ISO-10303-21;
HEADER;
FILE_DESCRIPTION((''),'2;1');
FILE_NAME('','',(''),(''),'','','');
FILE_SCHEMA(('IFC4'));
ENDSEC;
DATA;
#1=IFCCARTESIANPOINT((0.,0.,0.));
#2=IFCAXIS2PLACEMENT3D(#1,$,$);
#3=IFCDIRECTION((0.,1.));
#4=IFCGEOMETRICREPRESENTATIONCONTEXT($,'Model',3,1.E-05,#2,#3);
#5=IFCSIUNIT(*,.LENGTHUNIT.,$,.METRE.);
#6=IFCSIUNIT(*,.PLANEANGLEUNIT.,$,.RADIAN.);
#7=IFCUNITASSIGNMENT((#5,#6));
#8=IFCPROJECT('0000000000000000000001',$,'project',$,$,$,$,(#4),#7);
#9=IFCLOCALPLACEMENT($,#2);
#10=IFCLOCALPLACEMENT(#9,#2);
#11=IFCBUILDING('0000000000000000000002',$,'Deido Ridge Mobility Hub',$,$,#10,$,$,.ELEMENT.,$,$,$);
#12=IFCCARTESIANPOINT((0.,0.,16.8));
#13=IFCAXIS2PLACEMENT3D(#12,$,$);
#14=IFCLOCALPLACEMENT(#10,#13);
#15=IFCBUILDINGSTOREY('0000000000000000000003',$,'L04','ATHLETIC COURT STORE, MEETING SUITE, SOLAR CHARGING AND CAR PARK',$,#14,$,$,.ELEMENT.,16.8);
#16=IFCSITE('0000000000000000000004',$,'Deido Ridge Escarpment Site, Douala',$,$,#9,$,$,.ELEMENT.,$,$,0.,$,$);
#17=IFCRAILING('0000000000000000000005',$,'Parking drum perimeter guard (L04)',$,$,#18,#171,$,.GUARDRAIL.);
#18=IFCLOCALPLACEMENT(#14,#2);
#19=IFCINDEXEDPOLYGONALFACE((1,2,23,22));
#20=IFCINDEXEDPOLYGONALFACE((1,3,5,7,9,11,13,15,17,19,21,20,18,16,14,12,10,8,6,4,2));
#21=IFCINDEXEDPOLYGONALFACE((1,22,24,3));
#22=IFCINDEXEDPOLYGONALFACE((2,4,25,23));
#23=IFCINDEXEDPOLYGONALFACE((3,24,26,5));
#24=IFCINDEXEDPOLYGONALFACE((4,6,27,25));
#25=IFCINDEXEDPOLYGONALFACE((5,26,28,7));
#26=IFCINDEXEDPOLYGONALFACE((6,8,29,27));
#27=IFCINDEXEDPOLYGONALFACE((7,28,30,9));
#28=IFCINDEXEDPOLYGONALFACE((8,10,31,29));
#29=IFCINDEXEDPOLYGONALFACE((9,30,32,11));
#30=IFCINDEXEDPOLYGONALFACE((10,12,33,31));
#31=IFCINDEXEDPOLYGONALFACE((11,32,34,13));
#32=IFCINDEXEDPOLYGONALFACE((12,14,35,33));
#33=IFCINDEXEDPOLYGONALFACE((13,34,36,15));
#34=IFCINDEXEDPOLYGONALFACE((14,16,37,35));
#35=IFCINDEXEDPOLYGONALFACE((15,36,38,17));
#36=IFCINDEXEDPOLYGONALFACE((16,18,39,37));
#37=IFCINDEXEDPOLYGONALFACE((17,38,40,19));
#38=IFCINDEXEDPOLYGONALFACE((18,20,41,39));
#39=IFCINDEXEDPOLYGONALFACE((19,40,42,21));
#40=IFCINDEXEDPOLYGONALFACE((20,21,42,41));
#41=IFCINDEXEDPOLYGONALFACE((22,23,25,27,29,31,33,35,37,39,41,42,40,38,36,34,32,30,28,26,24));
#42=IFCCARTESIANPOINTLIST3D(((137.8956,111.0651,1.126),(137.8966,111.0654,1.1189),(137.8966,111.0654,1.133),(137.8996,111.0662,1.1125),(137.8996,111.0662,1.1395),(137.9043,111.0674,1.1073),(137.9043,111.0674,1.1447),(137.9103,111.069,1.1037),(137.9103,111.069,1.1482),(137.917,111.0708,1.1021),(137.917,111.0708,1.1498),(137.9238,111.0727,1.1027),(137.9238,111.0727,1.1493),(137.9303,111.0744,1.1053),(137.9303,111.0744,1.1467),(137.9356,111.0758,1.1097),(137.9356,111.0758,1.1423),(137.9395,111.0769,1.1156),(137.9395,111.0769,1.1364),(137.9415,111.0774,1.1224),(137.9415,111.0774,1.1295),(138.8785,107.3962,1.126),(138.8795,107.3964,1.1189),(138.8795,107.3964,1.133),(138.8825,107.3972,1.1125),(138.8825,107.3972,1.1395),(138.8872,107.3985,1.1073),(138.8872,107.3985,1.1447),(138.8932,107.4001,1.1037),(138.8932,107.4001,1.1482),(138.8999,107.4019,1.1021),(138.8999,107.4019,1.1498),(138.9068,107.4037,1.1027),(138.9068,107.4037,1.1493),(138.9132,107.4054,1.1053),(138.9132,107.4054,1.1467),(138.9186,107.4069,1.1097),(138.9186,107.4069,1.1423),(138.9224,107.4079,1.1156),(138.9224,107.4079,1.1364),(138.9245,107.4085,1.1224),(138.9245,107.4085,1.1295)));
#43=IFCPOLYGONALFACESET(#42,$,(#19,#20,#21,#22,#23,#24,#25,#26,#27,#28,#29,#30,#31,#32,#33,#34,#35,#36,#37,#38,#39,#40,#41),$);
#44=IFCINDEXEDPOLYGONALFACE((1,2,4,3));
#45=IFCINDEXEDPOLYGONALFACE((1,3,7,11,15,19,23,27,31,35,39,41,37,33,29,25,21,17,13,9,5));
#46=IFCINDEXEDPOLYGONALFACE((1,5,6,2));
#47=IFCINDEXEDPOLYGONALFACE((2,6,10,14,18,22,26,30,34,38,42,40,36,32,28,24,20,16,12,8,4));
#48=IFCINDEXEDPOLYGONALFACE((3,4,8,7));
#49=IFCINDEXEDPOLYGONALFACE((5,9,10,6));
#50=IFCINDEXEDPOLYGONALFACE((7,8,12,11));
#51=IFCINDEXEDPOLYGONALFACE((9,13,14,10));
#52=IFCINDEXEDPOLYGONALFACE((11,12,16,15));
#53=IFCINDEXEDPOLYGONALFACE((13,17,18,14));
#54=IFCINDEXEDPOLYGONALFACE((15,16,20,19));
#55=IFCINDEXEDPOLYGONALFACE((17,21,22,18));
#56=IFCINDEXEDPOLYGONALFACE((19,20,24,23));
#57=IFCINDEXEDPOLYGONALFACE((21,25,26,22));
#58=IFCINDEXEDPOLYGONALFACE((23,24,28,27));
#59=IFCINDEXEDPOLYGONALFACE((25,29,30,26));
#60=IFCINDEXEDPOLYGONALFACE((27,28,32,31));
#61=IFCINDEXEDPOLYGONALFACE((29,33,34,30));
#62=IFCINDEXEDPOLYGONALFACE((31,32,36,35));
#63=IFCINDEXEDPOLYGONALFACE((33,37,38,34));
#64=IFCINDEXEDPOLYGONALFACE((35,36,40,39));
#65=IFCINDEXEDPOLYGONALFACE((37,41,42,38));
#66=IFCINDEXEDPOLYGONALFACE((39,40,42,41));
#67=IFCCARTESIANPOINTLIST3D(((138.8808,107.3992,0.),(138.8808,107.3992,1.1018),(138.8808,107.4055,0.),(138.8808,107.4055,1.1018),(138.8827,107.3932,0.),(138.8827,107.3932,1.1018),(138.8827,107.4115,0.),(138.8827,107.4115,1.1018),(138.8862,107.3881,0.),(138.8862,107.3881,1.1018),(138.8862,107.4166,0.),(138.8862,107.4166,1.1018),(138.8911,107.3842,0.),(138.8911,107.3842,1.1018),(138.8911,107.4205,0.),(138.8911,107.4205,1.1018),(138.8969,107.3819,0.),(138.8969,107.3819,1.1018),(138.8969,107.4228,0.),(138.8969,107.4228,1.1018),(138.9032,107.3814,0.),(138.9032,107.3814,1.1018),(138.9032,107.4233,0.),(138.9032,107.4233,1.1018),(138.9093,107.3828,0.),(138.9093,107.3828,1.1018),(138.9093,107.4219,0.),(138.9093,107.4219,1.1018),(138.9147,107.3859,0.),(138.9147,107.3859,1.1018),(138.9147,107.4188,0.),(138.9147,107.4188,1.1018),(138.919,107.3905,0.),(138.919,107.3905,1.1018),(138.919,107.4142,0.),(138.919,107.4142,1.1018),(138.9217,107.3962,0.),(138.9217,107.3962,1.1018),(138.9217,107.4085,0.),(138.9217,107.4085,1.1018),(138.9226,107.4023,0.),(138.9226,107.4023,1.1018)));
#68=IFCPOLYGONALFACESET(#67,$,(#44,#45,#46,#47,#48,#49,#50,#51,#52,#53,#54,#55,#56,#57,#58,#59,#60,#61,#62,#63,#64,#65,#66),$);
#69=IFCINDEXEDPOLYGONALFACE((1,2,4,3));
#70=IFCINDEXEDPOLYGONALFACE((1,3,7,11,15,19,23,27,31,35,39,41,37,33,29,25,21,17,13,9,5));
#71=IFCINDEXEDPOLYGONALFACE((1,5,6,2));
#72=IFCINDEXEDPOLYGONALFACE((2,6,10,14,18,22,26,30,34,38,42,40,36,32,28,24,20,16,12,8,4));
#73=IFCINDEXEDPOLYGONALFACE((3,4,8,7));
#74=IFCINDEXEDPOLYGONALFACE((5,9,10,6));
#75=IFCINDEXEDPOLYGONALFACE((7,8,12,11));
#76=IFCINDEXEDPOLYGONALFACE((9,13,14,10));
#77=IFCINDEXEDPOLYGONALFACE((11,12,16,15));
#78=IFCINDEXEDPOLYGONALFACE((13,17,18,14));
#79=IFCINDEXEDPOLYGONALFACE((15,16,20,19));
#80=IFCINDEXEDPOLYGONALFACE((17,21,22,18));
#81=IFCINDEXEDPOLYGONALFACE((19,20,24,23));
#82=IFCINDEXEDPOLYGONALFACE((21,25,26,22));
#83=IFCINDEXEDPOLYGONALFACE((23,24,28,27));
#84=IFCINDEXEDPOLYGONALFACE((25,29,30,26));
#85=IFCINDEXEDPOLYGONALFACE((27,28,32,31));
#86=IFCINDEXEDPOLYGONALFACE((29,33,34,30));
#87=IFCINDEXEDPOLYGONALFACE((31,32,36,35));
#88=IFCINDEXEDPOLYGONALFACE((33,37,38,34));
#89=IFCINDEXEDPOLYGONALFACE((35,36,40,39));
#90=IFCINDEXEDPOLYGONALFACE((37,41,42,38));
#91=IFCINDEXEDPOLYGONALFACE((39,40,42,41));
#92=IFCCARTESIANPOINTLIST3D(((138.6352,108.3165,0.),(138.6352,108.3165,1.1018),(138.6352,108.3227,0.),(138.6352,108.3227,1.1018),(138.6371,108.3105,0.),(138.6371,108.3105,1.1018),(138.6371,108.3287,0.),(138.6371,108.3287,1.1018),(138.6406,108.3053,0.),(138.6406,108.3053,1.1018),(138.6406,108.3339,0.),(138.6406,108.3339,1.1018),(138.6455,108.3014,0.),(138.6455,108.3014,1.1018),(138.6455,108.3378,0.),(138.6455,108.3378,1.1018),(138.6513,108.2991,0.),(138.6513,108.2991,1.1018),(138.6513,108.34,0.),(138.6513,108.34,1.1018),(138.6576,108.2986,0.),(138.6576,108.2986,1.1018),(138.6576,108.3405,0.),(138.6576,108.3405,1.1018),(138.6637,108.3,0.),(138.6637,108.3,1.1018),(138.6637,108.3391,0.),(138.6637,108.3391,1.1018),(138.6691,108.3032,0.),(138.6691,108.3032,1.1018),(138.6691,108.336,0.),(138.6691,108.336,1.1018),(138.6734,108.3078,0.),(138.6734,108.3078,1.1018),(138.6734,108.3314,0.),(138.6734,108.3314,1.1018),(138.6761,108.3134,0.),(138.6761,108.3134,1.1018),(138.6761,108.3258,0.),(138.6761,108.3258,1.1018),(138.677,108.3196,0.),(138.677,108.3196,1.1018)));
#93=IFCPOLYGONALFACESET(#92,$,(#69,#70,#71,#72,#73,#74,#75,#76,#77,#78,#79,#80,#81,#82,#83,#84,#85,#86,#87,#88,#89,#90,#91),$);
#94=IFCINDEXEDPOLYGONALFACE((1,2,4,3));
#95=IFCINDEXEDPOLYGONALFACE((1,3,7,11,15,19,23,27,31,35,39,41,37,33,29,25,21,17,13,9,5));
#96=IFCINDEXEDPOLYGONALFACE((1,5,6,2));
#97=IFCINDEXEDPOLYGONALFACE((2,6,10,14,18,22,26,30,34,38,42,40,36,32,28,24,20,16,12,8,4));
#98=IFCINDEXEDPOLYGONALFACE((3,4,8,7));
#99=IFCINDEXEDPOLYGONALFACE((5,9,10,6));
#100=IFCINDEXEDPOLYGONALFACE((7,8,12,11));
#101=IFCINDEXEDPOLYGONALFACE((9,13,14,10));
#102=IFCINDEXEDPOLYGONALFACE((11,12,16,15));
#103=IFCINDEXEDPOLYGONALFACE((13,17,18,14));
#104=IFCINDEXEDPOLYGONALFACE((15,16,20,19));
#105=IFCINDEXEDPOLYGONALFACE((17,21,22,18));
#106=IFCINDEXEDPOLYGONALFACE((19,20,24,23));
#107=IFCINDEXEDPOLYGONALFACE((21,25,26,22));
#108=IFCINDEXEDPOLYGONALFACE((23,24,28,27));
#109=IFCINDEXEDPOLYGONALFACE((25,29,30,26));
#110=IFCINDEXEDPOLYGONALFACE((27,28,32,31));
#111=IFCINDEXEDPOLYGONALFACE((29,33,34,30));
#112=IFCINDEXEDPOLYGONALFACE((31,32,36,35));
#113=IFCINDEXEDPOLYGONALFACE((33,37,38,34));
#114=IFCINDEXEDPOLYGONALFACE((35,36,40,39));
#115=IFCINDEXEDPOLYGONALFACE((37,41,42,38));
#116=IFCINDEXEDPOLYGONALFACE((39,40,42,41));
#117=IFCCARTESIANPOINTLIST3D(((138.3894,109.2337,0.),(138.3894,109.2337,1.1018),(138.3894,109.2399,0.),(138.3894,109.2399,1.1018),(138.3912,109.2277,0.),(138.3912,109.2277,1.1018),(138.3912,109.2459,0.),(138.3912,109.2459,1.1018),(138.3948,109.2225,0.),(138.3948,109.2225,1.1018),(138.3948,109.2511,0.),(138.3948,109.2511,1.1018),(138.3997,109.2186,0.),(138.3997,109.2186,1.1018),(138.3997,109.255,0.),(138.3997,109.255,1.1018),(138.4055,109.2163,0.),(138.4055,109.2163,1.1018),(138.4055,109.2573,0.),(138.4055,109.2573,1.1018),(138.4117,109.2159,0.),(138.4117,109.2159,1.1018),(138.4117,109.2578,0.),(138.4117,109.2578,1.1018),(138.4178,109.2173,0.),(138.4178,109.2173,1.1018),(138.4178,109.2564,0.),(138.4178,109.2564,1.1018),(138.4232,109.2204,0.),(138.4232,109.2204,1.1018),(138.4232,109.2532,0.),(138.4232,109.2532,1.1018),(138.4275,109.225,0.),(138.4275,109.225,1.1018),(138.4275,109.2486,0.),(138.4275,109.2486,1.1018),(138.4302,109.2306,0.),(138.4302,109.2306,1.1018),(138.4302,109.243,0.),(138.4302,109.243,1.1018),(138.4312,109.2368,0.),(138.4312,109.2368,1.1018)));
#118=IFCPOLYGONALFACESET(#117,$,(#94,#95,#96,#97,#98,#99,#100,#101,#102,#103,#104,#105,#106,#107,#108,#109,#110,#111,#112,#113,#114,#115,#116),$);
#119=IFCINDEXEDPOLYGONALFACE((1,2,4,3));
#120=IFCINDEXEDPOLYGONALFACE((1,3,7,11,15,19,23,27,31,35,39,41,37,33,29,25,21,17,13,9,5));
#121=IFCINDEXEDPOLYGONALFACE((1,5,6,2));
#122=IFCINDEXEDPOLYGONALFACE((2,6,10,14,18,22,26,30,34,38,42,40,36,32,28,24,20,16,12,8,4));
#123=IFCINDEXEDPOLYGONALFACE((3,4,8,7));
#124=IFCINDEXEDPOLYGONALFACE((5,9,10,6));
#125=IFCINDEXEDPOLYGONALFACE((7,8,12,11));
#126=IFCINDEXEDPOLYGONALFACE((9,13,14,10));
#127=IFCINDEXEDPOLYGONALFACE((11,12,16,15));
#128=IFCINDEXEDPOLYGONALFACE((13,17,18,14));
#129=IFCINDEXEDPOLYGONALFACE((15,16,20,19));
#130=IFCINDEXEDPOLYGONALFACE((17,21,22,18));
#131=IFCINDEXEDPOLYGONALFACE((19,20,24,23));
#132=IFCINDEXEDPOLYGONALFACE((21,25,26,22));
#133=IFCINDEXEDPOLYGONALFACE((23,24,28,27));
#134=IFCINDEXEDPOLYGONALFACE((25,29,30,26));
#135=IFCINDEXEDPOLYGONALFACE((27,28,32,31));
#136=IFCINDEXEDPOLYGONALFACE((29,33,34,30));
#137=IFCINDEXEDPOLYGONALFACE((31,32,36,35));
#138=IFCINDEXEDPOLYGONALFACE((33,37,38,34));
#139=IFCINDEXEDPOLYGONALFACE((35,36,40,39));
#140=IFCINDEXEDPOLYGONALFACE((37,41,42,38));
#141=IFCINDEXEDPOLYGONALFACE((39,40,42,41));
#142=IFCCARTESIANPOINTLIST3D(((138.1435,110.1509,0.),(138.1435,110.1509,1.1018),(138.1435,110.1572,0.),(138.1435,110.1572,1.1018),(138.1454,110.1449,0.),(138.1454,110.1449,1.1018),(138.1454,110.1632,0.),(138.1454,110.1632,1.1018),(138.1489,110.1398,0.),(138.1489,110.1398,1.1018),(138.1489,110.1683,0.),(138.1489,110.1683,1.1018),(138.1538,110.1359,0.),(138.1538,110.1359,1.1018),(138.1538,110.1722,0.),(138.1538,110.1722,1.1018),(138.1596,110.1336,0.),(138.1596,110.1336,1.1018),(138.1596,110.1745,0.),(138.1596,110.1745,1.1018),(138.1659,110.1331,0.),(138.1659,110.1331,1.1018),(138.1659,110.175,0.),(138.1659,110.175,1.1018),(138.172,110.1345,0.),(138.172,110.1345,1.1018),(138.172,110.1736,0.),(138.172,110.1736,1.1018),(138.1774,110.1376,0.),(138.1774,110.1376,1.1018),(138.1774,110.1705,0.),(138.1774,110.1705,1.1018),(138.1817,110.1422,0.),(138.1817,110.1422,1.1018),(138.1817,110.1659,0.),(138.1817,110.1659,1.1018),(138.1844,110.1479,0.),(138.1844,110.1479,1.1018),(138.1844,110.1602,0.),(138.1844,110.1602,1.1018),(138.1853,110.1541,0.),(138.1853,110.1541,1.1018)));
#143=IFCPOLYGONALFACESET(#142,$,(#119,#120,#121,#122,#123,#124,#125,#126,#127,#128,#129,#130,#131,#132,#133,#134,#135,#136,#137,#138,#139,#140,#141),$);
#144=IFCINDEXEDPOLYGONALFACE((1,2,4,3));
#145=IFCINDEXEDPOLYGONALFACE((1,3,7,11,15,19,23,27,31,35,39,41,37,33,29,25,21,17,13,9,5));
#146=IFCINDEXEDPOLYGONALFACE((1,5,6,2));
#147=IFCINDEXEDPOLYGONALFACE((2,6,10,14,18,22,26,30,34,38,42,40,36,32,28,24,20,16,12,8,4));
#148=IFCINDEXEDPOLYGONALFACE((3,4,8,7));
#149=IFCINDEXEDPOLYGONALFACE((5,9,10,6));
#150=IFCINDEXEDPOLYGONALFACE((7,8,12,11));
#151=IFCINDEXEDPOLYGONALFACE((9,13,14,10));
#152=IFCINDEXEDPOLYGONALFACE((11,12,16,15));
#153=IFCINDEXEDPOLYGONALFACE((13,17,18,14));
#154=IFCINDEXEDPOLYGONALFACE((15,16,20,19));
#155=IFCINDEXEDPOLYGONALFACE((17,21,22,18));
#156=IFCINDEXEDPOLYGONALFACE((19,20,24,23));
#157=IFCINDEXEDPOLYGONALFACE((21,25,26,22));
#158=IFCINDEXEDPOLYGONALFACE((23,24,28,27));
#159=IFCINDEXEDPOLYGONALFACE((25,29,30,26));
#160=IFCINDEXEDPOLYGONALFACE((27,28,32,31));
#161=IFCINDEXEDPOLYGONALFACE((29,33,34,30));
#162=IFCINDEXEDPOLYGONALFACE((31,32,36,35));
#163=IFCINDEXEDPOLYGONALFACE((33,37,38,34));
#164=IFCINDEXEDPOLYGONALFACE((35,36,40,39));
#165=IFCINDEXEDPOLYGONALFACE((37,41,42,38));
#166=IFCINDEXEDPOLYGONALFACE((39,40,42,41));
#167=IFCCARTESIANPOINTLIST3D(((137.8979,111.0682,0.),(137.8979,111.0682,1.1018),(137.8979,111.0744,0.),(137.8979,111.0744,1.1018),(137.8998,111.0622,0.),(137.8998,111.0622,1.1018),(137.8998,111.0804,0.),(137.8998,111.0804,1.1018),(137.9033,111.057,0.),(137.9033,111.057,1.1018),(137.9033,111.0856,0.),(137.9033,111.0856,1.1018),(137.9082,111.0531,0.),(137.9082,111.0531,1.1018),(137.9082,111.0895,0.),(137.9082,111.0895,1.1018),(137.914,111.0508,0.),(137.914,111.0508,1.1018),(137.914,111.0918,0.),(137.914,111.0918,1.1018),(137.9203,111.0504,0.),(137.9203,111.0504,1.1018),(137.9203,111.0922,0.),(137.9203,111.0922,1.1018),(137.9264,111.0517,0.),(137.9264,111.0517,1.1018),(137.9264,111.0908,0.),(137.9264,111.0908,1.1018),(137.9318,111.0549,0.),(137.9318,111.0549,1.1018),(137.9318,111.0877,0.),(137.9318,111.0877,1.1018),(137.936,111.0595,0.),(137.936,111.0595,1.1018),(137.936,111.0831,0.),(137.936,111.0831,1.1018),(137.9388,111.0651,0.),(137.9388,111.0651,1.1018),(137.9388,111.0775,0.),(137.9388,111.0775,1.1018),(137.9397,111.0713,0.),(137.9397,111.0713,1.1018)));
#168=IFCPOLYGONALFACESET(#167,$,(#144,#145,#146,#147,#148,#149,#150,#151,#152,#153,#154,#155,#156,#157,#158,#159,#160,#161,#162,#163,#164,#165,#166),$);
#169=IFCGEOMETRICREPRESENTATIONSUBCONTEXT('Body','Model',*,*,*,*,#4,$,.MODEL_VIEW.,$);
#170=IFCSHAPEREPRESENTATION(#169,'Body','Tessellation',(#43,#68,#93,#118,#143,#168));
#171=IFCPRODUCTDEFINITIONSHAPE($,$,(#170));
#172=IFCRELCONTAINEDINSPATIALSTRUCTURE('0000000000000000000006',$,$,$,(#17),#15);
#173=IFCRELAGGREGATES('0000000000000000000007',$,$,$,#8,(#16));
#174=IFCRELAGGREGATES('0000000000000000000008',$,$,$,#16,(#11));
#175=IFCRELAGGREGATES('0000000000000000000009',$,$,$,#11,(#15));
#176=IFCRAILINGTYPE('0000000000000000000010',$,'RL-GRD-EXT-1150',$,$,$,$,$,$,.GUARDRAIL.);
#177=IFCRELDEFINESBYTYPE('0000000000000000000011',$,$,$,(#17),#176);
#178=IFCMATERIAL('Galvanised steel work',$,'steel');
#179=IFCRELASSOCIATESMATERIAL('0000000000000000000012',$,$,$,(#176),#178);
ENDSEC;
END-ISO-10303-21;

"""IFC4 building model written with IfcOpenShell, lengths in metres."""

from ifc_helpers import new_model, si_unit, direction, frame, origin, origin_2d, place, context, subcontext, project, spatial, circle, extrude, material, type_object, element, save


model = new_model("IFC4")

# Units and contexts
model_context = context("Model", 3, precision=1e-05, world=origin(), true_north=direction((0.0, 1.0)))
body_context = subcontext(model_context, "Body", "Model", "MODEL_VIEW")
ifc_project = project(units=[si_unit("LENGTHUNIT", "METRE"), si_unit("PLANEANGLEUNIT", "RADIAN")], contexts=[model_context])

# Site, building, storey
site_placement = place(None, origin())
site = spatial("IfcSite", under=ifc_project, at=site_placement, Name="Deido Ridge Escarpment Site, Douala", CompositionType="ELEMENT", RefElevation=0.0)
building_placement = place(site_placement, origin())
building = spatial("IfcBuilding", under=site, at=building_placement, Name="Deido Ridge Mobility Hub", CompositionType="ELEMENT")
storey_placement = place(building_placement, frame((0.0, 0.0, 16.8)))
storey = spatial("IfcBuildingStorey", under=building, at=storey_placement, Name="L04", Description="ATHLETIC COURT STORE, MEETING SUITE, SOLAR CHARGING AND CAR PARK", CompositionType="ELEMENT", Elevation=16.8)

# Railing
ifc_material_1 = material(Name="Galvanised steel work", Category="steel")
railing_type = type_object("IfcRailingType", Name="RL-GRD-EXT-1150", PredefinedType="GUARDRAIL", material=ifc_material_1)
railing_1_placement = place(storey_placement, frame((138.9016, 107.4023, 0.0)))
element("IfcRailing", 1, at=railing_1_placement, inside=storey, type_object=railing_type, Name="Parking drum perimeter guard (L04)", PredefinedType="GUARDRAIL", context=body_context, shape_type="SweptSolid", body=[
    extrude(circle(Radius=0.0239, at=origin_2d()), frame((0.0, 0.0, 1.126), z_axis=(-0.258775, 0.965938, 0.0), x_axis=(-0.965938, -0.258775, 0.0)), (0.0, 0.0, 1.0), 3.7983),
    extrude(circle(Radius=0.021, at=origin_2d()), origin(), (0.0, 0.0, 1.0), 1.1018),
    extrude(circle(Radius=0.021, at=origin_2d()), frame((-0.2456, 0.9172, 0.0)), (0.0, 0.0, 1.0), 1.1018),
    extrude(circle(Radius=0.021, at=origin_2d()), frame((-0.4915, 1.8345, 0.0)), (0.0, 0.0, 1.0), 1.1018),
    extrude(circle(Radius=0.021, at=origin_2d()), frame((-0.7373, 2.7517, 0.0)), (0.0, 0.0, 1.0), 1.1018),
    extrude(circle(Radius=0.021, at=origin_2d()), frame((-0.9829, 3.6689, 0.0)), (0.0, 0.0, 1.0), 1.1018),
])

save(model, "model.ifc")
